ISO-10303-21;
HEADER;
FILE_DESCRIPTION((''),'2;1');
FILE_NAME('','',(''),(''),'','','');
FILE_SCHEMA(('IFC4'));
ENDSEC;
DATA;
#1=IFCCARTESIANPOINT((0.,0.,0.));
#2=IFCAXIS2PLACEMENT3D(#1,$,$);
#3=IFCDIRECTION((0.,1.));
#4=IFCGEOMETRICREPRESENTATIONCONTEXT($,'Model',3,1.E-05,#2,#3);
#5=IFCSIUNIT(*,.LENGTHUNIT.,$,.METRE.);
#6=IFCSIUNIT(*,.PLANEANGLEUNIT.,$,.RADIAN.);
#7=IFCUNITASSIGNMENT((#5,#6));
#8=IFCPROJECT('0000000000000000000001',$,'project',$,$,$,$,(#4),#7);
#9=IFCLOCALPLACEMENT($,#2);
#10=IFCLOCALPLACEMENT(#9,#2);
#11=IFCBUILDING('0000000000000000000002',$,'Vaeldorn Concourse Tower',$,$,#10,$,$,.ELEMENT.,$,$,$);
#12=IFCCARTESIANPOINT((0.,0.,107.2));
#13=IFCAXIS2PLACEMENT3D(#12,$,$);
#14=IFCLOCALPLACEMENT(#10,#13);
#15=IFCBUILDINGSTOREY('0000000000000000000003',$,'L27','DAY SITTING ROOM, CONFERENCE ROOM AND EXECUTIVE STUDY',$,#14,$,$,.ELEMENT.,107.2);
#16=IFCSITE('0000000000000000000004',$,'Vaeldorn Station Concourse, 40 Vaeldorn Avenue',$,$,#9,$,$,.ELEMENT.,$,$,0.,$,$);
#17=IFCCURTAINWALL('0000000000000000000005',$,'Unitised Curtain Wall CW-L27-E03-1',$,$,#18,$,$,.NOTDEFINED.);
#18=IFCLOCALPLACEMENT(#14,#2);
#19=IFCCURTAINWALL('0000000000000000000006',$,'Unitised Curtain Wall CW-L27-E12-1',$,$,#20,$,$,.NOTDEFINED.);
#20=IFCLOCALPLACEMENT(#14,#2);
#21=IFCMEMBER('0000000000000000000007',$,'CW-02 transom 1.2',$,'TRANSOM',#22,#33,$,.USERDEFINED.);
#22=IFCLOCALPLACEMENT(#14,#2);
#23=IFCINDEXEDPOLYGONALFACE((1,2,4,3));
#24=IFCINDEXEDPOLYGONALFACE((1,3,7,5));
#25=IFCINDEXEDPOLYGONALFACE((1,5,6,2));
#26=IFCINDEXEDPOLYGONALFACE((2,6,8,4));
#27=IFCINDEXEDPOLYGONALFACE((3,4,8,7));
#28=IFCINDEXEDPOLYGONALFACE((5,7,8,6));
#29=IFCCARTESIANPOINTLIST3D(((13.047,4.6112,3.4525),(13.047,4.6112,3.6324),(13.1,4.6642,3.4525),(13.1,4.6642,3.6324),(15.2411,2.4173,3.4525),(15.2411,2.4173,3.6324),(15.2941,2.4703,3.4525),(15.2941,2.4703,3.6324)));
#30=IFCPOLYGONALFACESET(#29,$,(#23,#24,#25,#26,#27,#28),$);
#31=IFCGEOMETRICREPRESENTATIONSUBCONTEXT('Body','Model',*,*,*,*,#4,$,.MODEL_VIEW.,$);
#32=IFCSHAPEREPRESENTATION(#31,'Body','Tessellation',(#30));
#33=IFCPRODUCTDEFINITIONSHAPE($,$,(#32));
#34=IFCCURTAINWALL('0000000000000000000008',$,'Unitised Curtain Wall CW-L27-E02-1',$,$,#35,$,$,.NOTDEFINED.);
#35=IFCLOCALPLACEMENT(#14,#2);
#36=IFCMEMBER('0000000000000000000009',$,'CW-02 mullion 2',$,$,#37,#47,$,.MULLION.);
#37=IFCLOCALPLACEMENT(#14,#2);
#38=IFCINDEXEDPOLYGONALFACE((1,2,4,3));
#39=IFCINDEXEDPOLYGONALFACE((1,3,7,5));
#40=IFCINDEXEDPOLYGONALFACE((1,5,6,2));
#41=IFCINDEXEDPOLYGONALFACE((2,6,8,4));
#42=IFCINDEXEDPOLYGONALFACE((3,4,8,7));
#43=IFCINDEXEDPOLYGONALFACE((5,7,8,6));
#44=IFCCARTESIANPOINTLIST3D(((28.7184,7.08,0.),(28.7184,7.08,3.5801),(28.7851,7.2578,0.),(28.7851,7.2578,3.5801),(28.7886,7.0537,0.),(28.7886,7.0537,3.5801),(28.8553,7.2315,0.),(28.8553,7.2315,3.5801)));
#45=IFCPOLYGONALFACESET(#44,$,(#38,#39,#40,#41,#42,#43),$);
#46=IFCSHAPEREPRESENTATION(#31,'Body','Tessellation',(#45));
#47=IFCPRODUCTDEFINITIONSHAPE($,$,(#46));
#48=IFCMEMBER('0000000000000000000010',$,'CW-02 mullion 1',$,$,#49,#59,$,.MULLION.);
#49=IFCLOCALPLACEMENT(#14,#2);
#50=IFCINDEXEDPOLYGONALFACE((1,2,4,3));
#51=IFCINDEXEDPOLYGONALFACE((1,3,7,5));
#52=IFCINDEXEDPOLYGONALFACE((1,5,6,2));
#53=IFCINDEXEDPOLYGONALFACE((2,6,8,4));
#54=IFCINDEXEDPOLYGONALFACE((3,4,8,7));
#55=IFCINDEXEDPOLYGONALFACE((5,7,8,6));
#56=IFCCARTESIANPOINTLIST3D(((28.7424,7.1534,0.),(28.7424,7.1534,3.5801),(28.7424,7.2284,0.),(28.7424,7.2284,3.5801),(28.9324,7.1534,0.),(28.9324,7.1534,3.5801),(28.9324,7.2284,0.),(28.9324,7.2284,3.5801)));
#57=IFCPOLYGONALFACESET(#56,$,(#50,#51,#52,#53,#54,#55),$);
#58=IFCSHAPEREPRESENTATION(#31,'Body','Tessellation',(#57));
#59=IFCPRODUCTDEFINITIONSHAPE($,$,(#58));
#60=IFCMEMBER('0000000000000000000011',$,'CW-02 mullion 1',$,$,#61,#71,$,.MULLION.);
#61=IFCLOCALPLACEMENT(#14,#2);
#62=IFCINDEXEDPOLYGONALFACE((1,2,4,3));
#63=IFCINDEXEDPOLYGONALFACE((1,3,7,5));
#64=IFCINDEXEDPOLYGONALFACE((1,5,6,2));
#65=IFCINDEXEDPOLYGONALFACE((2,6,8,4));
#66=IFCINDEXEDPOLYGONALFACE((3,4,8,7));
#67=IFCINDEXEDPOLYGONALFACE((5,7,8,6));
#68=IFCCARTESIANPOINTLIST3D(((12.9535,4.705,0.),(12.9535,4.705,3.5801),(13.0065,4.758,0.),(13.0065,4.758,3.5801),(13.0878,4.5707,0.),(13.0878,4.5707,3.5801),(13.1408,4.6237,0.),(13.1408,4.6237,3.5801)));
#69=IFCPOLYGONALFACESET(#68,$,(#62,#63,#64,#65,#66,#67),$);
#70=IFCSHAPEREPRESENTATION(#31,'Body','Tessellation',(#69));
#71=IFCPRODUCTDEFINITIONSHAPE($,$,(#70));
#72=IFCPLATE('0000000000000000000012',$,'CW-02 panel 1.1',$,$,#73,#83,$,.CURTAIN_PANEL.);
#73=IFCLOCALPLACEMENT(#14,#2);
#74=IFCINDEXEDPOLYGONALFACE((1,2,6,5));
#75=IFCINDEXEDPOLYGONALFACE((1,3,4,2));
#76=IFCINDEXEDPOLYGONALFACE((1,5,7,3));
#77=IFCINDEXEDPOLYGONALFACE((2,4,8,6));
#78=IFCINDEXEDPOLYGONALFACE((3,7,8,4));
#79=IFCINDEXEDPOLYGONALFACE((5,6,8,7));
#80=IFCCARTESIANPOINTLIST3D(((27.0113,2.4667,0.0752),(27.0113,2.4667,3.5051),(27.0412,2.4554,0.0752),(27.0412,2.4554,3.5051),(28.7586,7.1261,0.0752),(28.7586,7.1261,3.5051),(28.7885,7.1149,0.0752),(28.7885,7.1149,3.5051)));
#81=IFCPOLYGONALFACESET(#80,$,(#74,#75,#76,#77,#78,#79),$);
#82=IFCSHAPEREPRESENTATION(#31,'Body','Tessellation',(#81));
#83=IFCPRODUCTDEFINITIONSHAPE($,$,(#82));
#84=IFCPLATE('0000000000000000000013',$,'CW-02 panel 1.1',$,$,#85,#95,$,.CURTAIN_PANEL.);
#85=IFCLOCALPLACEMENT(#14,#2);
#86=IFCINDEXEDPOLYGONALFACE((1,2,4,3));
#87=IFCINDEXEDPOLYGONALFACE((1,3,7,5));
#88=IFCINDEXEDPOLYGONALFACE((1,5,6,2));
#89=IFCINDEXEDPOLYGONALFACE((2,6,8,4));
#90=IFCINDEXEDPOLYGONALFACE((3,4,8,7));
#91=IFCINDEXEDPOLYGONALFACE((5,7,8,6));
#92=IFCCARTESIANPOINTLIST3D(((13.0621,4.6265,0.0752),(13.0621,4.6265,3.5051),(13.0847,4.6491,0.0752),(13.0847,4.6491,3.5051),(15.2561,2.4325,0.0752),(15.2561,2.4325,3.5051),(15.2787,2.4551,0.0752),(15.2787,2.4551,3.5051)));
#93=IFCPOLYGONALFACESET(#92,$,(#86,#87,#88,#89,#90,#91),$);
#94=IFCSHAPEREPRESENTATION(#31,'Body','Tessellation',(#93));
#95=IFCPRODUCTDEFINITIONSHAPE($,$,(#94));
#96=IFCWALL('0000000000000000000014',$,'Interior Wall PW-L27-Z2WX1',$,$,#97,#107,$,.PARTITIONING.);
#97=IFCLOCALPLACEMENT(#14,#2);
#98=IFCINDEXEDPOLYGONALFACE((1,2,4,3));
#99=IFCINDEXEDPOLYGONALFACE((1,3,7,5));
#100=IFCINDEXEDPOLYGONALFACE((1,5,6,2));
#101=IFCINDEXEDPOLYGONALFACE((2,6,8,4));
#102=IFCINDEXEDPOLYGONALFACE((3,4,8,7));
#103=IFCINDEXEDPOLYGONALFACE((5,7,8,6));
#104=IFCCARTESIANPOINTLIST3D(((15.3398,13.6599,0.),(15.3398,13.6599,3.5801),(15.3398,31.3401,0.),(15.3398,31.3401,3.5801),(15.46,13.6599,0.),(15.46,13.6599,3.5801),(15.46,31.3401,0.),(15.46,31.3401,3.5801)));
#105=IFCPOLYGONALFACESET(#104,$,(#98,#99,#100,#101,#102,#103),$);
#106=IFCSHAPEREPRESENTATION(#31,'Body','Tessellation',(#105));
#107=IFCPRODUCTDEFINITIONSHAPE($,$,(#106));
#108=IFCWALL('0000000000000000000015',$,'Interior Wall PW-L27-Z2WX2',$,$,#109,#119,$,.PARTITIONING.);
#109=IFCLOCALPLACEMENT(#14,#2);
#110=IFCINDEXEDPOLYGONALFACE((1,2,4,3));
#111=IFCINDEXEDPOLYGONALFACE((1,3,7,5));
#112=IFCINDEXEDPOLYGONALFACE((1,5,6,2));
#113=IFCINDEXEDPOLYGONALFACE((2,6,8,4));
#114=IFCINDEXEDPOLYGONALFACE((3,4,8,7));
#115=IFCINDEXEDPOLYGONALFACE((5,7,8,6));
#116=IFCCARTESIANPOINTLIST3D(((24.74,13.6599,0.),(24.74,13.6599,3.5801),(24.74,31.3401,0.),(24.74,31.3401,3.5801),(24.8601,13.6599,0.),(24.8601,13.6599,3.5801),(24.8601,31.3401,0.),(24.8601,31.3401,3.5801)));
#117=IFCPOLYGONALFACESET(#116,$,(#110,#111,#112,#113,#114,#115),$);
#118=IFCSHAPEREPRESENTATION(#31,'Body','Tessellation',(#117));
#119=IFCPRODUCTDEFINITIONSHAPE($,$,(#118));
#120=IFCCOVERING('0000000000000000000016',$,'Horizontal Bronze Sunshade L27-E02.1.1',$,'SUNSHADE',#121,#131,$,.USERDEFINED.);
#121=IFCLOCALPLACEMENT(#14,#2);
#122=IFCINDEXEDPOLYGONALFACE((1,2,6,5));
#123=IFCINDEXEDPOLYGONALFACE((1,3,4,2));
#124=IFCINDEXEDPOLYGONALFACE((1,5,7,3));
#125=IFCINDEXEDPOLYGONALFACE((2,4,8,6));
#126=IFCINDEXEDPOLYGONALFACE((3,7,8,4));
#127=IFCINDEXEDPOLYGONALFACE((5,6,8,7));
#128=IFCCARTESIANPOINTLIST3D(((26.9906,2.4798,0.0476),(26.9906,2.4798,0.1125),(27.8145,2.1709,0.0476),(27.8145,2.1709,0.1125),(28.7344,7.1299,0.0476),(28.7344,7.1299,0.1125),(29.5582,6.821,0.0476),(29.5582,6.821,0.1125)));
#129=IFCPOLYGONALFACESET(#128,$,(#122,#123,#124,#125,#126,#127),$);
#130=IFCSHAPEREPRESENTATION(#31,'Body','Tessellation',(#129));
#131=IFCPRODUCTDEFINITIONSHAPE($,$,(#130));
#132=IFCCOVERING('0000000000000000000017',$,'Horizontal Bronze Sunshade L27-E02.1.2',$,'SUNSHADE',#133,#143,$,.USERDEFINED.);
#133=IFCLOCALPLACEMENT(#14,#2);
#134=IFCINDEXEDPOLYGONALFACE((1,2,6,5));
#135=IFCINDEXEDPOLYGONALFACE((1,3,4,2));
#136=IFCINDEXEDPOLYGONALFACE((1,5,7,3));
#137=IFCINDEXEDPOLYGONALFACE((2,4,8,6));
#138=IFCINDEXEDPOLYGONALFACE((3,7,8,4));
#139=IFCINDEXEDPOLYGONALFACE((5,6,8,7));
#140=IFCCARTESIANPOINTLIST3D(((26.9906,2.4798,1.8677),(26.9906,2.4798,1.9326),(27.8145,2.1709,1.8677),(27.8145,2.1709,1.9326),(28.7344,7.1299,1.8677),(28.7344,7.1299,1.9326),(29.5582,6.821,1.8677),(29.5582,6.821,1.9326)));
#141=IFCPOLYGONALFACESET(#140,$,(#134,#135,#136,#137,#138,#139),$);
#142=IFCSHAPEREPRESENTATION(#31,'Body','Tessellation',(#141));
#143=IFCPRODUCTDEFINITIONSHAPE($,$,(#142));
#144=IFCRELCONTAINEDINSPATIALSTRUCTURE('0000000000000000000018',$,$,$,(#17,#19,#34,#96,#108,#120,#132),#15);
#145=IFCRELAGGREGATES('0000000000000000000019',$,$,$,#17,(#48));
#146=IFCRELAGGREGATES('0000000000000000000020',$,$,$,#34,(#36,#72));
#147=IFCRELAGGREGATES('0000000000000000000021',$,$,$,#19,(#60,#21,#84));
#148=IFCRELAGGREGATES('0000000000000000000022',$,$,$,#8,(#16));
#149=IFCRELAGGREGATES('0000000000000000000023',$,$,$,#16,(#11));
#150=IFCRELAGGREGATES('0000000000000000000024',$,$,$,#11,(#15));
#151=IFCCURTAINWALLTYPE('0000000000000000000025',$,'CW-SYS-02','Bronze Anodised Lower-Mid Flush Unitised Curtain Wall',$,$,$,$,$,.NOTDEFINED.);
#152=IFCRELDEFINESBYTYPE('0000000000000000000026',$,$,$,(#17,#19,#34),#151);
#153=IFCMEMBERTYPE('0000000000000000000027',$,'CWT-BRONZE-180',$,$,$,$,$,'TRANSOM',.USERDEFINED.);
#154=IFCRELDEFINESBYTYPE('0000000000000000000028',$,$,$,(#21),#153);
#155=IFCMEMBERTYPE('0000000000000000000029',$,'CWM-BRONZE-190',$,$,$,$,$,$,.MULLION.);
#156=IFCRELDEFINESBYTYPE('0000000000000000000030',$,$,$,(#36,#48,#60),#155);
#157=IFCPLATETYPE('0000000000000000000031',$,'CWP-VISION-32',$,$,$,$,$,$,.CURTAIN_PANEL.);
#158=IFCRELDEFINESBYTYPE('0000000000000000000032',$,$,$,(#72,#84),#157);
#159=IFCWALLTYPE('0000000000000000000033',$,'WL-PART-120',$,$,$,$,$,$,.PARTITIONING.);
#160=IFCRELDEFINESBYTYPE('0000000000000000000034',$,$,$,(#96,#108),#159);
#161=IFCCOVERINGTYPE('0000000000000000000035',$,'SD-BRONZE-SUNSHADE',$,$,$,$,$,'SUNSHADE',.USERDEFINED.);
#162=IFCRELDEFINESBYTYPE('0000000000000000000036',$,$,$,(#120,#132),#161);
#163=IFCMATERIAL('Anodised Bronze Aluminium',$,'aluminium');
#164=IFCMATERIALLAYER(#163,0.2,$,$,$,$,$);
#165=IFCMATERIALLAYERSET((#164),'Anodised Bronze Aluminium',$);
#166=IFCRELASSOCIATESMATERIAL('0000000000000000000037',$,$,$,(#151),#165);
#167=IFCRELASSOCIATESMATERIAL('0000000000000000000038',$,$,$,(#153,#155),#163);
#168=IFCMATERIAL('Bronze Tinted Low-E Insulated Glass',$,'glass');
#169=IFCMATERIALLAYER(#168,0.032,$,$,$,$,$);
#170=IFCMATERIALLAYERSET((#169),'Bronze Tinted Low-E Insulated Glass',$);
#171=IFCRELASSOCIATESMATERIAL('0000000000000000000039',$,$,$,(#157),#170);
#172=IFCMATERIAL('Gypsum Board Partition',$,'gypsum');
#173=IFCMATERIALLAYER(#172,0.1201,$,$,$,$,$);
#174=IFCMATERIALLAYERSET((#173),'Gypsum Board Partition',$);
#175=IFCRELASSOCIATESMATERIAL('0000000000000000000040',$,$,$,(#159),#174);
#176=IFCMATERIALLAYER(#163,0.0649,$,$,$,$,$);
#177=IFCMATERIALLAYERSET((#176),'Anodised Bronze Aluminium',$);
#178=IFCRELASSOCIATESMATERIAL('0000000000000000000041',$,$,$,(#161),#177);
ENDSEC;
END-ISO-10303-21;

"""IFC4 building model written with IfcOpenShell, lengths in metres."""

from ifc_helpers import new_model, si_unit, direction, frame, frame_2d, origin, origin_2d, place, context, subcontext, project, spatial, rectangle, extrude, source, transform, mapped, material, layer, layer_set, material_profile, profile_set, type_object, element, aggregate, save


model = new_model("IFC4")

# Units and contexts
model_context = context("Model", 3, precision=1e-05, world=origin(), true_north=direction((0.0, 1.0)))
body_context = subcontext(model_context, "Body", "Model", "MODEL_VIEW")
ifc_project = project(units=[si_unit("LENGTHUNIT", "METRE"), si_unit("PLANEANGLEUNIT", "RADIAN")], contexts=[model_context])

# Site, building, storey
site_placement = place(None, origin())
site = spatial("IfcSite", under=ifc_project, at=site_placement, Name="Vaeldorn Station Concourse, 40 Vaeldorn Avenue", CompositionType="ELEMENT", RefElevation=0.0)
building_placement = place(site_placement, origin())
building = spatial("IfcBuilding", under=site, at=building_placement, Name="Vaeldorn Concourse Tower", CompositionType="ELEMENT")
storey_placement = place(building_placement, frame((0.0, 0.0, 107.2)))
storey = spatial("IfcBuildingStorey", under=building, at=storey_placement, Name="L27", Description="DAY SITTING ROOM, CONFERENCE ROOM AND EXECUTIVE STUDY", CompositionType="ELEMENT", Elevation=107.2)

# Curtain walls, member
ifc_material_1 = material(Name="Anodised Bronze Aluminium", Category="aluminium")
ifc_layer_1 = layer(ifc_material_1, 0.2)
ifc_layer_set_1 = layer_set([ifc_layer_1], Name="Anodised Bronze Aluminium")
curtain_wall_type = type_object("IfcCurtainWallType", Name="CW-SYS-02", Description="Bronze Anodised Lower-Mid Flush Unitised Curtain Wall", PredefinedType="NOTDEFINED", material=ifc_layer_set_1)
curtain_wall_1_placement = place(storey_placement, origin())
curtain_wall_1 = element("IfcCurtainWall", 1, at=curtain_wall_1_placement, inside=storey, type_object=curtain_wall_type, Name="Unitised Curtain Wall CW-L27-E03-1", PredefinedType="NOTDEFINED")
ifc_material_profile_1 = material_profile(ifc_material_1, rectangle(XDim=0.075, YDim=0.1799, at=origin_2d()), Name="CWT 75x180")
ifc_profile_set_1 = profile_set([ifc_material_profile_1], Name="Anodised Bronze Aluminium")
member_type_1 = type_object("IfcMemberType", Name="CWT-BRONZE-180", ElementType="TRANSOM", PredefinedType="USERDEFINED", material=ifc_profile_set_1)
curtain_wall_2_placement = place(storey_placement, origin())
curtain_wall_2 = element("IfcCurtainWall", 2, at=curtain_wall_2_placement, inside=storey, type_object=curtain_wall_type, Name="Unitised Curtain Wall CW-L27-E12-1", PredefinedType="NOTDEFINED")
shared_shape_1 = source(origin(), body_context, "Body", "SweptSolid", [
    extrude(rectangle(XDim=0.075, YDim=0.1799, at=origin_2d()), origin(), (0.0, 0.0, 1.0), 3.1028),
])
member_1_placement = place(storey_placement, frame((13.0735, 4.6377, 3.5425), z_axis=(0.707146, -0.707067, 0.0), x_axis=(0.707067, 0.707146, 0.0)))
member_1 = element("IfcMember", 3, at=member_1_placement, type_object=member_type_1, Name="CW-02 transom 1.2", ObjectType="TRANSOM", PredefinedType="USERDEFINED", context=body_context, shape_type="MappedRepresentation", body=[
    mapped(shared_shape_1, transform((0.0, 0.0, 0.0), scale=1.0)),
])

# Curtain wall, member
curtain_wall_3_placement = place(storey_placement, origin())
curtain_wall_3 = element("IfcCurtainWall", 4, at=curtain_wall_3_placement, inside=storey, type_object=curtain_wall_type, Name="Unitised Curtain Wall CW-L27-E02-1", PredefinedType="NOTDEFINED")
ifc_material_profile_2 = material_profile(ifc_material_1, rectangle(XDim=0.075, YDim=0.1899, at=origin_2d()), Name="CWM 75x190")
ifc_profile_set_2 = profile_set([ifc_material_profile_2], Name="Anodised Bronze Aluminium")
member_type_2 = type_object("IfcMemberType", Name="CWM-BRONZE-190", PredefinedType="MULLION", material=ifc_profile_set_2)
shared_shape_2 = source(origin(), body_context, "Body", "SweptSolid", [
    extrude(rectangle(XDim=0.075, YDim=0.1899, at=origin_2d()), origin(), (0.0, 0.0, 1.0), 3.5801),
])
member_2_placement = place(storey_placement, frame((28.7869, 7.1558, 0.0), z_axis=(0.0, 0.0, 1.0), x_axis=(-0.936329, 0.351123, 0.0)))
member_2 = element("IfcMember", 5, at=member_2_placement, type_object=member_type_2, Name="CW-02 mullion 2", PredefinedType="MULLION", context=body_context, shape_type="MappedRepresentation", body=[
    mapped(shared_shape_2, transform((0.0, 0.0, 0.0), scale=1.0)),
])

# Members
member_3_placement = place(storey_placement, frame((28.8374, 7.1909, 0.0), z_axis=(0.0, 0.0, 1.0), x_axis=(0.0, 1.0, 0.0)))
member_3 = element("IfcMember", 6, at=member_3_placement, type_object=member_type_2, Name="CW-02 mullion 1", PredefinedType="MULLION", context=body_context, shape_type="MappedRepresentation", body=[
    mapped(shared_shape_2, transform((0.0, 0.0, 0.0), scale=1.0)),
])
aggregate(curtain_wall_1, [member_3])
member_4_placement = place(storey_placement, frame((13.0471, 4.6643, 0.0), z_axis=(0.0, 0.0, 1.0), x_axis=(0.707107, 0.707107, 0.0)))
member_4 = element("IfcMember", 7, at=member_4_placement, type_object=member_type_2, Name="CW-02 mullion 1", PredefinedType="MULLION", context=body_context, shape_type="MappedRepresentation", body=[
    mapped(shared_shape_2, transform((0.0, 0.0, 0.0), scale=1.0)),
])

# Plates
ifc_material_2 = material(Name="Bronze Tinted Low-E Insulated Glass", Category="glass")
ifc_layer_2 = layer(ifc_material_2, 0.032)
ifc_layer_set_2 = layer_set([ifc_layer_2], Name="Bronze Tinted Low-E Insulated Glass")
plate_type = type_object("IfcPlateType", Name="CWP-VISION-32", PredefinedType="CURTAIN_PANEL", material=ifc_layer_set_2)
shared_shape_3 = source(origin(), body_context, "Body", "SweptSolid", [
    extrude(rectangle(XDim=4.9763, YDim=0.032, at=origin_2d()), origin(), (0.0, 0.0, 1.0), 3.4299),
])
plate_1_placement = place(storey_placement, frame((27.8999, 4.7908, 0.0752), z_axis=(0.0, 0.0, 1.0), x_axis=(0.351123, 0.936329, 0.0)))
plate_1 = element("IfcPlate", 8, at=plate_1_placement, type_object=plate_type, Name="CW-02 panel 1.1", PredefinedType="CURTAIN_PANEL", context=body_context, shape_type="MappedRepresentation", body=[
    mapped(shared_shape_3, transform((0.0, 0.0, 0.0), scale=1.0)),
])
aggregate(curtain_wall_3, [member_2, plate_1])
shared_shape_4 = source(origin(), body_context, "Body", "SweptSolid", [
    extrude(rectangle(XDim=3.1028, YDim=0.032, at=origin_2d()), origin(), (0.0, 0.0, 1.0), 3.4299),
])
plate_2_placement = place(storey_placement, frame((14.1704, 3.5408, 0.0752), z_axis=(0.0, 0.0, 1.0), x_axis=(0.707107, -0.707107, 0.0)))
plate_2 = element("IfcPlate", 9, at=plate_2_placement, type_object=plate_type, Name="CW-02 panel 1.1", PredefinedType="CURTAIN_PANEL", context=body_context, shape_type="MappedRepresentation", body=[
    mapped(shared_shape_4, transform((0.0, 0.0, 0.0), scale=1.0)),
])
aggregate(curtain_wall_2, [member_4, member_1, plate_2])

# Walls
ifc_material_3 = material(Name="Gypsum Board Partition", Category="gypsum")
ifc_layer_3 = layer(ifc_material_3, 0.1201)
ifc_layer_set_3 = layer_set([ifc_layer_3], Name="Gypsum Board Partition")
wall_type = type_object("IfcWallType", Name="WL-PART-120", PredefinedType="PARTITIONING", material=ifc_layer_set_3)
for number, where, z_axis, x_axis, name in (
    (10, (15.3999, 13.6599, 0.0), (0.0, 0.0, 1.0), (0.0, 1.0, 0.0), "Interior Wall PW-L27-Z2WX1"),
    (11, (24.8, 13.6599, 0.0), (0.0, 0.0, 1.0), (0.0, 1.0, 0.0), "Interior Wall PW-L27-Z2WX2"),
):
    element("IfcWall", number, at=place(storey_placement, frame(where, z_axis=z_axis, x_axis=x_axis)), inside=storey, type_object=wall_type, Name=name, PredefinedType="PARTITIONING", context=body_context, shape_type="SweptSolid", body=[
        extrude(rectangle(XDim=17.6802, YDim=0.1201, at=frame_2d((8.8401, 0.0))), origin(), (0.0, 0.0, 1.0), 3.5801),
    ])

# Coverings
ifc_layer_4 = layer(ifc_material_1, 0.0649)
ifc_layer_set_4 = layer_set([ifc_layer_4], Name="Anodised Bronze Aluminium")
covering_type = type_object("IfcCoveringType", Name="SD-BRONZE-SUNSHADE", ElementType="SUNSHADE", PredefinedType="USERDEFINED", material=ifc_layer_set_4)
shared_shape_5 = source(origin(), body_context, "Body", "SweptSolid", [
    extrude(rectangle(XDim=4.9663, YDim=0.8799, at=origin_2d()), origin(), (0.0, 0.0, 1.0), 0.0649),
])
for number, where, z_axis, x_axis, name in (
    (12, (28.2744, 4.6504, 0.0476), (0.0, 0.0, 1.0), (0.351123, 0.936329, 0.0), "Horizontal Bronze Sunshade L27-E02.1.1"),
    (13, (28.2744, 4.6504, 1.8677), (0.0, 0.0, 1.0), (0.351123, 0.936329, 0.0), "Horizontal Bronze Sunshade L27-E02.1.2"),
):
    element("IfcCovering", number, at=place(storey_placement, frame(where, z_axis=z_axis, x_axis=x_axis)), inside=storey, type_object=covering_type, Name=name, ObjectType="SUNSHADE", PredefinedType="USERDEFINED", context=body_context, shape_type="MappedRepresentation", body=[
        mapped(shared_shape_5, transform((0.0, 0.0, 0.0), scale=1.0)),
    ])

save(model, "model.ifc")
